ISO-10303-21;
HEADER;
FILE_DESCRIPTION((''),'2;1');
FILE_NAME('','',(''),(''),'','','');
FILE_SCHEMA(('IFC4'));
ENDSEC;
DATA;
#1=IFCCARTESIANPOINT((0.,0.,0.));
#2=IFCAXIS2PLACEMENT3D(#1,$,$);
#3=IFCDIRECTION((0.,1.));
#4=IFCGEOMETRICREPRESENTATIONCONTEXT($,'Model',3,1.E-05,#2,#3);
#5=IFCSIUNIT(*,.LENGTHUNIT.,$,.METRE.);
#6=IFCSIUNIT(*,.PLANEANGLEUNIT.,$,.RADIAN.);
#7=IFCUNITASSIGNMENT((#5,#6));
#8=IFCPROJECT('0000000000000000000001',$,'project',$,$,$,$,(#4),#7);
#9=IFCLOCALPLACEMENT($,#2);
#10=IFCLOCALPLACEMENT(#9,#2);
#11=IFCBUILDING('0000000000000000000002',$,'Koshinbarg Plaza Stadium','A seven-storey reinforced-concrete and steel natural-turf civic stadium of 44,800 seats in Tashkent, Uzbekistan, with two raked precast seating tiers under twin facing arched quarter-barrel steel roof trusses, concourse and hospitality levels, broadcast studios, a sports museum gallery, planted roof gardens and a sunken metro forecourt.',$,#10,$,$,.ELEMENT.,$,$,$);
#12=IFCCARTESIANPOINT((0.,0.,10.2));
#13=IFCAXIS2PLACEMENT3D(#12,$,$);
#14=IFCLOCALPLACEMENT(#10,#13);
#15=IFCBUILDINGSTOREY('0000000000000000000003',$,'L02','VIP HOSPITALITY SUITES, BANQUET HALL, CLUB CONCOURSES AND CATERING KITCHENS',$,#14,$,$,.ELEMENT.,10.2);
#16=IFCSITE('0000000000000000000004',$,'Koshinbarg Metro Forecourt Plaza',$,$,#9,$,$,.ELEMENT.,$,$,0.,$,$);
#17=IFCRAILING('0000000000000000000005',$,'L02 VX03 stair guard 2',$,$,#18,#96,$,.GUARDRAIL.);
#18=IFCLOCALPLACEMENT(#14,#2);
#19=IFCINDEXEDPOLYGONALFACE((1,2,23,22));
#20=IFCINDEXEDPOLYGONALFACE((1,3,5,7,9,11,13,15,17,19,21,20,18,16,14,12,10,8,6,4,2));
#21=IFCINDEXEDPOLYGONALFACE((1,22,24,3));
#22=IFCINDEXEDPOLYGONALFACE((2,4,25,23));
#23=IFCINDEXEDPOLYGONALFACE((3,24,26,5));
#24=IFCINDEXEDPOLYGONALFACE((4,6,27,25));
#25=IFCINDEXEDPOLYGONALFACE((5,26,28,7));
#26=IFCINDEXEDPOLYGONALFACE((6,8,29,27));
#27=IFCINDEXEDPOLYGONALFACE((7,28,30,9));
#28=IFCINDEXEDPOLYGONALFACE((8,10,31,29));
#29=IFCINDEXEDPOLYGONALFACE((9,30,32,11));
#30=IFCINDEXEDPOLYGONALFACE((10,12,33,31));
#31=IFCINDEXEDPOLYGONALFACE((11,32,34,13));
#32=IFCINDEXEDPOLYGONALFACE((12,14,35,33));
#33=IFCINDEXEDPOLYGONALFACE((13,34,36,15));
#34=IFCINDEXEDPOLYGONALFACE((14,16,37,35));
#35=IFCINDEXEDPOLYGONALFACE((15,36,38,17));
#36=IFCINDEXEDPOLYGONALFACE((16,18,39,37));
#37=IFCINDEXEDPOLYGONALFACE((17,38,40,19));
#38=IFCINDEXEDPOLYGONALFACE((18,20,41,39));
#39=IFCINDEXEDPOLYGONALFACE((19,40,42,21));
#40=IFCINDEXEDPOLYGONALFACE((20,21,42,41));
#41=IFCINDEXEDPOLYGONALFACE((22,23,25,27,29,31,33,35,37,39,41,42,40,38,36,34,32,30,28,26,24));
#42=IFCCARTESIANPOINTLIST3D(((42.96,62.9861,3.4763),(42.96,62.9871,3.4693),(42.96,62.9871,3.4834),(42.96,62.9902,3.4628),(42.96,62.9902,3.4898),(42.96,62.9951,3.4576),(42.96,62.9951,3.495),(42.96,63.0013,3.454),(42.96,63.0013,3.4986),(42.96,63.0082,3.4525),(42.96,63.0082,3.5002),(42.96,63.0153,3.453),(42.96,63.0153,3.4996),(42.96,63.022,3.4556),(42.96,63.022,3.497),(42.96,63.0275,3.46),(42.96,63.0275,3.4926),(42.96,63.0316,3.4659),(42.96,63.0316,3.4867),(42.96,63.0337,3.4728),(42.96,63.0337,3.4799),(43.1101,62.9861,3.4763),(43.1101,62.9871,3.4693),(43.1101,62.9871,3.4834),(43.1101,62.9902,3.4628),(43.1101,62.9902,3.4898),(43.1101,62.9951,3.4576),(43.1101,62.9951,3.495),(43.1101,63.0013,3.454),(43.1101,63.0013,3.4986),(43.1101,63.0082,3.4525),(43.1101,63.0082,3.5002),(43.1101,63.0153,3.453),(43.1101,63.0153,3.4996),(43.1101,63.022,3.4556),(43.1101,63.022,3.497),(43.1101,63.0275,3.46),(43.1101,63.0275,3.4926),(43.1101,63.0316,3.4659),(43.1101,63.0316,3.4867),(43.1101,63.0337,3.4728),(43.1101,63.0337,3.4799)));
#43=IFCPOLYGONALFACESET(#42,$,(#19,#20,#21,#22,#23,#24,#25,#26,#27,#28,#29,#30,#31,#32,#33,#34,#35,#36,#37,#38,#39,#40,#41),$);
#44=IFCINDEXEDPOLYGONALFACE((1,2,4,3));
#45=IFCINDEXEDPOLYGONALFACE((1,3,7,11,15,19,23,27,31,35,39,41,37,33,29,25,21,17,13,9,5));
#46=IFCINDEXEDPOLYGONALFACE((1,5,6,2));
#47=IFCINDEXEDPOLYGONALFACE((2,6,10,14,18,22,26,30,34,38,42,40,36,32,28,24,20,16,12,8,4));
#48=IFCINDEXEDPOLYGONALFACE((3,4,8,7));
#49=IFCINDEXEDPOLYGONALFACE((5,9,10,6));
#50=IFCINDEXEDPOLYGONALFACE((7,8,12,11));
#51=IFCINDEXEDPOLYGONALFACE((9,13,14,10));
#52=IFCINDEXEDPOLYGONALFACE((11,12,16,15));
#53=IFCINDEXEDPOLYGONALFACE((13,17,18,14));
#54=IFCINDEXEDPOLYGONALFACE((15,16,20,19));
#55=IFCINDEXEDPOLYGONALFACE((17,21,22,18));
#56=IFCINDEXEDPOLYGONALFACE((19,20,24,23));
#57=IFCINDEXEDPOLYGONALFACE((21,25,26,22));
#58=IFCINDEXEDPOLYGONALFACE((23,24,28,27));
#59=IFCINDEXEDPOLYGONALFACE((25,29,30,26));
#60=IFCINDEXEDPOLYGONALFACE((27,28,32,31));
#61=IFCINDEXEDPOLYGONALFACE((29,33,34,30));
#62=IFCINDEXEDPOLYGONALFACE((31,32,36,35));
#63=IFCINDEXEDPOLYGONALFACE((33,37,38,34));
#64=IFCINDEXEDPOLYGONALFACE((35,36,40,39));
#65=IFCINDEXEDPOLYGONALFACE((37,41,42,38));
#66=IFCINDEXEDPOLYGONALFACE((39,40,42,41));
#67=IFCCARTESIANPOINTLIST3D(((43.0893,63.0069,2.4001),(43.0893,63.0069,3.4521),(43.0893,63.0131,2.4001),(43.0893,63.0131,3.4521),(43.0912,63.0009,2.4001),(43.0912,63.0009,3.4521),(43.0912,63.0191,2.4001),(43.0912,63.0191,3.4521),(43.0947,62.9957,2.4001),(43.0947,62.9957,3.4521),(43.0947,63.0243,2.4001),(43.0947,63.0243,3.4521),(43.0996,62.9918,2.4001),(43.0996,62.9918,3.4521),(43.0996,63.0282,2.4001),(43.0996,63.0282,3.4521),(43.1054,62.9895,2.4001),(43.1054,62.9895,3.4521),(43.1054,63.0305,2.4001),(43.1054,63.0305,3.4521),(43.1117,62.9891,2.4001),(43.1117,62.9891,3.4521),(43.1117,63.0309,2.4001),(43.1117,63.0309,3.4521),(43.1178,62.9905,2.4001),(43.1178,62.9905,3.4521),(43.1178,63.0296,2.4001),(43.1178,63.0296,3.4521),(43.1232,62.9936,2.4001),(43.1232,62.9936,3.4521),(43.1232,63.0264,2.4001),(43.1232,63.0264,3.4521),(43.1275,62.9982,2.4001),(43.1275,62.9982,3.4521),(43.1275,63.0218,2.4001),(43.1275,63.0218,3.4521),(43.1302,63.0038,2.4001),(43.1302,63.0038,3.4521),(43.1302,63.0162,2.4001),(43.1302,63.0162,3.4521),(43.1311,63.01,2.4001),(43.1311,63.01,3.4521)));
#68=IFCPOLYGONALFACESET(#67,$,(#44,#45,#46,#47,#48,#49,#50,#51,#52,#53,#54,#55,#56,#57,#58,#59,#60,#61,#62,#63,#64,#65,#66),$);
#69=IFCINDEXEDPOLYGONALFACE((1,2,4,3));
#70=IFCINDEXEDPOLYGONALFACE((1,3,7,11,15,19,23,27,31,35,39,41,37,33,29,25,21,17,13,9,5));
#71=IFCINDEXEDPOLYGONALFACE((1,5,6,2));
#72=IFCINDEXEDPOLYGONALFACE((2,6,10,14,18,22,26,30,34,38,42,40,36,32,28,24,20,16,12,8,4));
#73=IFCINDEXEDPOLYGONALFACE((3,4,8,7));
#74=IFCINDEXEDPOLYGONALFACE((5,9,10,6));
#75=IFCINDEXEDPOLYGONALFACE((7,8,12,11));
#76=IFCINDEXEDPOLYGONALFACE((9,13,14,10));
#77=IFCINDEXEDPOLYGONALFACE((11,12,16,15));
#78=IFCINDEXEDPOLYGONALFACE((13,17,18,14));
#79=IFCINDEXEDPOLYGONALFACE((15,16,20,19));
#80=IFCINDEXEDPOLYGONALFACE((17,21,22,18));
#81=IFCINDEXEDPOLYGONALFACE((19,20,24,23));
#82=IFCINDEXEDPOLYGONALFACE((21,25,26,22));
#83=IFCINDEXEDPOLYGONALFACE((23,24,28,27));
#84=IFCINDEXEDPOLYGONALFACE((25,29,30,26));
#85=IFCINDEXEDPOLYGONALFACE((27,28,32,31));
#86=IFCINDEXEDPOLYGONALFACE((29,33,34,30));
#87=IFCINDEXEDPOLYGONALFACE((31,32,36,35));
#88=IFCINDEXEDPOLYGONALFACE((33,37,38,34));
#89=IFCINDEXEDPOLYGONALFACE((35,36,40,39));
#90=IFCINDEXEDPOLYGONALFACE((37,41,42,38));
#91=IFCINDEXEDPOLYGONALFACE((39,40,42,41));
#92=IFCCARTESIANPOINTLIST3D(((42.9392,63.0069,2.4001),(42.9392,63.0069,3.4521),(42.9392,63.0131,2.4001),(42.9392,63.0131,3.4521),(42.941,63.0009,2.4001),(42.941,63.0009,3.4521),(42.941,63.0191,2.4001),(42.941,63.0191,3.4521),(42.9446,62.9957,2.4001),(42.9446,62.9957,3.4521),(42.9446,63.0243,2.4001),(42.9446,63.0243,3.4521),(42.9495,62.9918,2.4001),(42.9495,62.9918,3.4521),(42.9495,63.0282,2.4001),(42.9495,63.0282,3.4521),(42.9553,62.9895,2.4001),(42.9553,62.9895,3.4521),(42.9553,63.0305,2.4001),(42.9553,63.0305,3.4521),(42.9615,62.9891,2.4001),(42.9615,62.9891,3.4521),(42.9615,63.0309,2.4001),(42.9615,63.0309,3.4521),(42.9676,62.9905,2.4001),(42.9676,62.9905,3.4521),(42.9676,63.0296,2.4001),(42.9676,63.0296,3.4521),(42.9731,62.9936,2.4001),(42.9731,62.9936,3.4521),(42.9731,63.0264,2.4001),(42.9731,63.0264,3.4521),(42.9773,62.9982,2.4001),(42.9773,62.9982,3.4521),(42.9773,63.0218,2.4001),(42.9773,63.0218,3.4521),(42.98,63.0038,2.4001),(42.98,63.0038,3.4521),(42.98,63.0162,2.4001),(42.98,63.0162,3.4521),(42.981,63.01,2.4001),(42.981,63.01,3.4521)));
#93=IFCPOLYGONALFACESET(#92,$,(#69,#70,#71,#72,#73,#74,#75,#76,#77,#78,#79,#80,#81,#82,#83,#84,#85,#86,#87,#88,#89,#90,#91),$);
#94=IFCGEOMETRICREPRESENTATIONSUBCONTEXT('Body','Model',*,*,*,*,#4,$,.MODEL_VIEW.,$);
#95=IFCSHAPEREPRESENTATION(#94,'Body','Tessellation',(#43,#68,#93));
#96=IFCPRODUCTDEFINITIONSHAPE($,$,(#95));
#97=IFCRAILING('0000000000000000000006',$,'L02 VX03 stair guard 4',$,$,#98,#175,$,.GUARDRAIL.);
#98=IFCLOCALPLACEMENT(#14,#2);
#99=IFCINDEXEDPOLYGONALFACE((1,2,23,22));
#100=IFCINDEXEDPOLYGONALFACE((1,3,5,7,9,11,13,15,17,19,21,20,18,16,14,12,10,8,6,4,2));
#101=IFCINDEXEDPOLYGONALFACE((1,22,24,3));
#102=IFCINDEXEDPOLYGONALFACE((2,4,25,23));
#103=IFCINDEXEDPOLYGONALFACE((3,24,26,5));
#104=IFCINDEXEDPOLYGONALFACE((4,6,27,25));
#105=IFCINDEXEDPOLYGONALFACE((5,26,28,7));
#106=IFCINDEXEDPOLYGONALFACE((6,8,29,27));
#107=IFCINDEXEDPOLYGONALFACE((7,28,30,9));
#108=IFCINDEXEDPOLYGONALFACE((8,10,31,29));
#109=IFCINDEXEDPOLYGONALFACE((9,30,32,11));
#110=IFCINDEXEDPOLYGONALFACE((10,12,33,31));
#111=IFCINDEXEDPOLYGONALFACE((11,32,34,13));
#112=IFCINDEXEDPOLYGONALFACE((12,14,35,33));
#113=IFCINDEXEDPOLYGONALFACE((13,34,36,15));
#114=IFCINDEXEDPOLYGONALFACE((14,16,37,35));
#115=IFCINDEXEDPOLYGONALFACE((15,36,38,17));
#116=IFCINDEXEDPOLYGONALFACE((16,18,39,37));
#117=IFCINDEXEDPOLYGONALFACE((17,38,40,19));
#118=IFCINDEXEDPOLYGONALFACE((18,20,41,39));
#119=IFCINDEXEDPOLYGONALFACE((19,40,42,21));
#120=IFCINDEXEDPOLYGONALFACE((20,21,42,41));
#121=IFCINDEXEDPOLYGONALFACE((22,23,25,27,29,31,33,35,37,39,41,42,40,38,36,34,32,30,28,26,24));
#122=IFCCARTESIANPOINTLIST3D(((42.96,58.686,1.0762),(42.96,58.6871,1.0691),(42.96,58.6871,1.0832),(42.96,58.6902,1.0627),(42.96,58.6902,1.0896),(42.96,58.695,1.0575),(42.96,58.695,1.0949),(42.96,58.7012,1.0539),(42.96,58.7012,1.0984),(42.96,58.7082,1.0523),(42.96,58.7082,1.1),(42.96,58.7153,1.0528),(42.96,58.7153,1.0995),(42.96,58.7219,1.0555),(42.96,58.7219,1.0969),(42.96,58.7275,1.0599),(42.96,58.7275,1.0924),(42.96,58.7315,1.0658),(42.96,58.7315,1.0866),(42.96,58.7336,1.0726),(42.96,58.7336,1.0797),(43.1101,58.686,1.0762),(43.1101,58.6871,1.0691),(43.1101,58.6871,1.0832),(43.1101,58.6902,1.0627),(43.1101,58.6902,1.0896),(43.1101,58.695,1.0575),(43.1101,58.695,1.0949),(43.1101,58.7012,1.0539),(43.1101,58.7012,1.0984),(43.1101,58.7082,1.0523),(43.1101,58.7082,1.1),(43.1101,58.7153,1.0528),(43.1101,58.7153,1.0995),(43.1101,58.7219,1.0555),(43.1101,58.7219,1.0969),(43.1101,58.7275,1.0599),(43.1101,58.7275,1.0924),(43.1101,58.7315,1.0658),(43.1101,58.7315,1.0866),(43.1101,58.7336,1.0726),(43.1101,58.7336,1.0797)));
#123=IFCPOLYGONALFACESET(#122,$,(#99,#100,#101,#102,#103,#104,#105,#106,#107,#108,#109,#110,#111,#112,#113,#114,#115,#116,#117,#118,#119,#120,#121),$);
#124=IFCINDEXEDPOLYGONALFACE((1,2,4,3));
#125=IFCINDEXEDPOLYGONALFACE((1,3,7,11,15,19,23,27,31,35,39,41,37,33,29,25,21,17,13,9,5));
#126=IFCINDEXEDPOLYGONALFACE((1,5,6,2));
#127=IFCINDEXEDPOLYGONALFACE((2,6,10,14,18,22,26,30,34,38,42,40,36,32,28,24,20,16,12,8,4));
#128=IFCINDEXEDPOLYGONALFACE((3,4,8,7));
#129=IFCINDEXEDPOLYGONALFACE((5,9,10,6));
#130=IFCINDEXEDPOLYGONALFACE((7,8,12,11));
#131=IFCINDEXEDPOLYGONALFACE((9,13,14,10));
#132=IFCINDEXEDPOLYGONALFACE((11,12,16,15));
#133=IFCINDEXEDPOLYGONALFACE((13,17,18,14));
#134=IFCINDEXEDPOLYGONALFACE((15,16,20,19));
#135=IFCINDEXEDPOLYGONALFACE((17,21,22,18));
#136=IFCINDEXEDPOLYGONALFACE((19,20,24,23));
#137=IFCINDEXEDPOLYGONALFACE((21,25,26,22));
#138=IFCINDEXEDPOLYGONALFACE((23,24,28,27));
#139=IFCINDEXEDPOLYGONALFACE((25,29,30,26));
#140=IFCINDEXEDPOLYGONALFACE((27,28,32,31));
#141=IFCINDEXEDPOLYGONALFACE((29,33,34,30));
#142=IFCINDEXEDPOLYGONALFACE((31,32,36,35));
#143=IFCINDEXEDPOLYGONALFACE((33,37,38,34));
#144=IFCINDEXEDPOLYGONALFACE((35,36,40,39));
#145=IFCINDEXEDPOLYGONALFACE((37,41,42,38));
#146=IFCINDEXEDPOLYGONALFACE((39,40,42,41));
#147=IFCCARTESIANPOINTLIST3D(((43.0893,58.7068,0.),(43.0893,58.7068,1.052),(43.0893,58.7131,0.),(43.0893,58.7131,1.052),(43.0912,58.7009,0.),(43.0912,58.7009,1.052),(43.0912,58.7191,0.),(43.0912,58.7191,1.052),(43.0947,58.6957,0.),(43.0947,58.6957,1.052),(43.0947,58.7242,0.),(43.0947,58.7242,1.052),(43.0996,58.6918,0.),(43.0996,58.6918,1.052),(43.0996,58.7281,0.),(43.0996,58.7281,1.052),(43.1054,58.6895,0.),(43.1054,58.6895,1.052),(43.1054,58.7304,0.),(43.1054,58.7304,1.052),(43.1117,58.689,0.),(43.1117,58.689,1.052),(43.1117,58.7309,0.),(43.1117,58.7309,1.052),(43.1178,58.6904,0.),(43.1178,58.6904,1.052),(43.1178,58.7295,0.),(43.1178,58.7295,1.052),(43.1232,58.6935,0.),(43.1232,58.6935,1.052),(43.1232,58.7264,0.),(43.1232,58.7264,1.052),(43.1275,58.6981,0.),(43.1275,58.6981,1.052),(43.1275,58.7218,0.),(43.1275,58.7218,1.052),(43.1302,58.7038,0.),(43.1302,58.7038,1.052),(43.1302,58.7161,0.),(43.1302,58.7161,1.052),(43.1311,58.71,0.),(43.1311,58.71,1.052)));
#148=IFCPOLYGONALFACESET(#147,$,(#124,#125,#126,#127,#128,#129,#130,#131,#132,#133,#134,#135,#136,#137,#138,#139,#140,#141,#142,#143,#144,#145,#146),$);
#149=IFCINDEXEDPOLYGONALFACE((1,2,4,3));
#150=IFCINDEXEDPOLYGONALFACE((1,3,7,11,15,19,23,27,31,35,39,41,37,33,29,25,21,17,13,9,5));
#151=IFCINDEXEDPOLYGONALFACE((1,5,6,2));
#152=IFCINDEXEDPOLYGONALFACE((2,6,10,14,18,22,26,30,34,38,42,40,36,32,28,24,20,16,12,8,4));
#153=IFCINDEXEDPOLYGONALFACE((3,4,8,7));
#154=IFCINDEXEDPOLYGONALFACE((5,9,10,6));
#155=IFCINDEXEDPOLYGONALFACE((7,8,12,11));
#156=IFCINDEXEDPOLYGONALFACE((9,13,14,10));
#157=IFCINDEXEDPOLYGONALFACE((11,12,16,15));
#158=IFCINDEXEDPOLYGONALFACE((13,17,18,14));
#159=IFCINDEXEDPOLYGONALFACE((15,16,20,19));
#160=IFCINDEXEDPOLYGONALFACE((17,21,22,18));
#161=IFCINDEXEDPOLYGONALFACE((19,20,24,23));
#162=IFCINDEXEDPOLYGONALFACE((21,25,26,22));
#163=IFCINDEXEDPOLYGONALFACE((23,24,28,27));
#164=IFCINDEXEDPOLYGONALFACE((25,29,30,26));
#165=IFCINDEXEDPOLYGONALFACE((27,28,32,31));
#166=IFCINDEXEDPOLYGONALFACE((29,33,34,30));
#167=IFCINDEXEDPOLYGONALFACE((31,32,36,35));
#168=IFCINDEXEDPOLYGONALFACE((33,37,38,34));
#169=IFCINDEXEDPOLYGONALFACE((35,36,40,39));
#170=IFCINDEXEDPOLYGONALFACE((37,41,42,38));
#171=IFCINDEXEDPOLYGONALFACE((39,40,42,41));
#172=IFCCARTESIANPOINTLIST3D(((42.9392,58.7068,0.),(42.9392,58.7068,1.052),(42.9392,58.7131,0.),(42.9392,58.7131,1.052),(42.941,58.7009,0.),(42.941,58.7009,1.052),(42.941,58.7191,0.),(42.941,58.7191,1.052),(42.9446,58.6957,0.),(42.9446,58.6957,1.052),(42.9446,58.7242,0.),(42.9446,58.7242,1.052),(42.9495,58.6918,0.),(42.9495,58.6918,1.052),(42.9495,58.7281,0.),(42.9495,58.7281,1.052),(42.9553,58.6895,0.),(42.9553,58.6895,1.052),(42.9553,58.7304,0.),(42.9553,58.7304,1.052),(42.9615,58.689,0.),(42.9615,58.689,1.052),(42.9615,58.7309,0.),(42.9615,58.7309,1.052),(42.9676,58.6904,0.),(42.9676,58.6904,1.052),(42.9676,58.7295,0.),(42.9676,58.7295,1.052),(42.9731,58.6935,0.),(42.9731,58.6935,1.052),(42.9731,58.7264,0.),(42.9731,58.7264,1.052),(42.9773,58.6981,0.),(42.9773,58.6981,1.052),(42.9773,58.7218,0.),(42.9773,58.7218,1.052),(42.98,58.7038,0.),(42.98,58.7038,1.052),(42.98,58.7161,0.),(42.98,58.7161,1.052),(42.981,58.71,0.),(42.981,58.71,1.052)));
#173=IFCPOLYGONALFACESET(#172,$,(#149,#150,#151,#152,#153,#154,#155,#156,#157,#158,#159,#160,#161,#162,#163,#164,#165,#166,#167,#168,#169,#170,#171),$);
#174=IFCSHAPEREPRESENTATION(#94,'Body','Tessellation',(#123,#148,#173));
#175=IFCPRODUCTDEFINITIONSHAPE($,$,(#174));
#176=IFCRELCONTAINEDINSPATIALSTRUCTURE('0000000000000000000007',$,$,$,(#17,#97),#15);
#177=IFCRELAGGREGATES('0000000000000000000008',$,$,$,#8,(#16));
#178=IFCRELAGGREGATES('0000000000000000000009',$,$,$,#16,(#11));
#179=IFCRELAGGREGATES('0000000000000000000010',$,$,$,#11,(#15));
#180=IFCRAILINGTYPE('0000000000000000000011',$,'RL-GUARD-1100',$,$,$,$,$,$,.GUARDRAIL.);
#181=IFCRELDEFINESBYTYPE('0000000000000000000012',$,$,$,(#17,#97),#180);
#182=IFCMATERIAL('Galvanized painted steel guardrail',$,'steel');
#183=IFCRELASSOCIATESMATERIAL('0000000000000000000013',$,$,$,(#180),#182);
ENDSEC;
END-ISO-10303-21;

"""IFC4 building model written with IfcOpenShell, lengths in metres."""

from ifc_helpers import new_model, si_unit, direction, frame, origin, origin_2d, place, context, subcontext, project, spatial, circle, extrude, material, type_object, element, save


model = new_model("IFC4")

# Units and contexts
model_context = context("Model", 3, precision=1e-05, world=origin(), true_north=direction((0.0, 1.0)))
body_context = subcontext(model_context, "Body", "Model", "MODEL_VIEW")
ifc_project = project(units=[si_unit("LENGTHUNIT", "METRE"), si_unit("PLANEANGLEUNIT", "RADIAN")], contexts=[model_context])

# Site, building, storey
site_placement = place(None, origin())
site = spatial("IfcSite", under=ifc_project, at=site_placement, Name="Koshinbarg Metro Forecourt Plaza", CompositionType="ELEMENT", RefElevation=0.0)
building_placement = place(site_placement, origin())
building = spatial("IfcBuilding", under=site, at=building_placement, Name="Koshinbarg Plaza Stadium", Description="A seven-storey reinforced-concrete and steel natural-turf civic stadium of 44,800 seats in Tashkent, Uzbekistan, with two raked precast seating tiers under twin facing arched quarter-barrel steel roof trusses, concourse and hospitality levels, broadcast studios, a sports museum gallery, planted roof gardens and a sunken metro forecourt.", CompositionType="ELEMENT")
storey_placement = place(building_placement, frame((0.0, 0.0, 10.2)))
storey = spatial("IfcBuildingStorey", under=building, at=storey_placement, Name="L02", Description="VIP HOSPITALITY SUITES, BANQUET HALL, CLUB CONCOURSES AND CATERING KITCHENS", CompositionType="ELEMENT", Elevation=10.2)

# Railings
ifc_material_1 = material(Name="Galvanized painted steel guardrail", Category="steel")
railing_type_1 = type_object("IfcRailingType", Name="RL-GUARD-1100", PredefinedType="GUARDRAIL", material=ifc_material_1)
for number, where, name in (
    (1, (43.1101, 63.01, 2.4001), "L02 VX03 stair guard 2"),
    (2, (43.1101, 58.71, 0.0), "L02 VX03 stair guard 4"),
):
    element("IfcRailing", number, at=place(storey_placement, frame(where)), inside=storey, type_object=railing_type_1, Name=name, PredefinedType="GUARDRAIL", context=body_context, shape_type="SweptSolid", body=[
        extrude(circle(Radius=0.0239, at=origin_2d()), frame((0.0, 0.0, 1.0762), z_axis=(-1.0, 0.0, 0.0), x_axis=(0.0, -1.0, 0.0)), (0.0, 0.0, 1.0), 0.1501),
        extrude(circle(Radius=0.021, at=origin_2d()), origin(), (0.0, 0.0, 1.0), 1.052),
        extrude(circle(Radius=0.021, at=origin_2d()), frame((-0.1501, 0.0, 0.0)), (0.0, 0.0, 1.0), 1.052),
    ])

save(model, "model.ifc")
